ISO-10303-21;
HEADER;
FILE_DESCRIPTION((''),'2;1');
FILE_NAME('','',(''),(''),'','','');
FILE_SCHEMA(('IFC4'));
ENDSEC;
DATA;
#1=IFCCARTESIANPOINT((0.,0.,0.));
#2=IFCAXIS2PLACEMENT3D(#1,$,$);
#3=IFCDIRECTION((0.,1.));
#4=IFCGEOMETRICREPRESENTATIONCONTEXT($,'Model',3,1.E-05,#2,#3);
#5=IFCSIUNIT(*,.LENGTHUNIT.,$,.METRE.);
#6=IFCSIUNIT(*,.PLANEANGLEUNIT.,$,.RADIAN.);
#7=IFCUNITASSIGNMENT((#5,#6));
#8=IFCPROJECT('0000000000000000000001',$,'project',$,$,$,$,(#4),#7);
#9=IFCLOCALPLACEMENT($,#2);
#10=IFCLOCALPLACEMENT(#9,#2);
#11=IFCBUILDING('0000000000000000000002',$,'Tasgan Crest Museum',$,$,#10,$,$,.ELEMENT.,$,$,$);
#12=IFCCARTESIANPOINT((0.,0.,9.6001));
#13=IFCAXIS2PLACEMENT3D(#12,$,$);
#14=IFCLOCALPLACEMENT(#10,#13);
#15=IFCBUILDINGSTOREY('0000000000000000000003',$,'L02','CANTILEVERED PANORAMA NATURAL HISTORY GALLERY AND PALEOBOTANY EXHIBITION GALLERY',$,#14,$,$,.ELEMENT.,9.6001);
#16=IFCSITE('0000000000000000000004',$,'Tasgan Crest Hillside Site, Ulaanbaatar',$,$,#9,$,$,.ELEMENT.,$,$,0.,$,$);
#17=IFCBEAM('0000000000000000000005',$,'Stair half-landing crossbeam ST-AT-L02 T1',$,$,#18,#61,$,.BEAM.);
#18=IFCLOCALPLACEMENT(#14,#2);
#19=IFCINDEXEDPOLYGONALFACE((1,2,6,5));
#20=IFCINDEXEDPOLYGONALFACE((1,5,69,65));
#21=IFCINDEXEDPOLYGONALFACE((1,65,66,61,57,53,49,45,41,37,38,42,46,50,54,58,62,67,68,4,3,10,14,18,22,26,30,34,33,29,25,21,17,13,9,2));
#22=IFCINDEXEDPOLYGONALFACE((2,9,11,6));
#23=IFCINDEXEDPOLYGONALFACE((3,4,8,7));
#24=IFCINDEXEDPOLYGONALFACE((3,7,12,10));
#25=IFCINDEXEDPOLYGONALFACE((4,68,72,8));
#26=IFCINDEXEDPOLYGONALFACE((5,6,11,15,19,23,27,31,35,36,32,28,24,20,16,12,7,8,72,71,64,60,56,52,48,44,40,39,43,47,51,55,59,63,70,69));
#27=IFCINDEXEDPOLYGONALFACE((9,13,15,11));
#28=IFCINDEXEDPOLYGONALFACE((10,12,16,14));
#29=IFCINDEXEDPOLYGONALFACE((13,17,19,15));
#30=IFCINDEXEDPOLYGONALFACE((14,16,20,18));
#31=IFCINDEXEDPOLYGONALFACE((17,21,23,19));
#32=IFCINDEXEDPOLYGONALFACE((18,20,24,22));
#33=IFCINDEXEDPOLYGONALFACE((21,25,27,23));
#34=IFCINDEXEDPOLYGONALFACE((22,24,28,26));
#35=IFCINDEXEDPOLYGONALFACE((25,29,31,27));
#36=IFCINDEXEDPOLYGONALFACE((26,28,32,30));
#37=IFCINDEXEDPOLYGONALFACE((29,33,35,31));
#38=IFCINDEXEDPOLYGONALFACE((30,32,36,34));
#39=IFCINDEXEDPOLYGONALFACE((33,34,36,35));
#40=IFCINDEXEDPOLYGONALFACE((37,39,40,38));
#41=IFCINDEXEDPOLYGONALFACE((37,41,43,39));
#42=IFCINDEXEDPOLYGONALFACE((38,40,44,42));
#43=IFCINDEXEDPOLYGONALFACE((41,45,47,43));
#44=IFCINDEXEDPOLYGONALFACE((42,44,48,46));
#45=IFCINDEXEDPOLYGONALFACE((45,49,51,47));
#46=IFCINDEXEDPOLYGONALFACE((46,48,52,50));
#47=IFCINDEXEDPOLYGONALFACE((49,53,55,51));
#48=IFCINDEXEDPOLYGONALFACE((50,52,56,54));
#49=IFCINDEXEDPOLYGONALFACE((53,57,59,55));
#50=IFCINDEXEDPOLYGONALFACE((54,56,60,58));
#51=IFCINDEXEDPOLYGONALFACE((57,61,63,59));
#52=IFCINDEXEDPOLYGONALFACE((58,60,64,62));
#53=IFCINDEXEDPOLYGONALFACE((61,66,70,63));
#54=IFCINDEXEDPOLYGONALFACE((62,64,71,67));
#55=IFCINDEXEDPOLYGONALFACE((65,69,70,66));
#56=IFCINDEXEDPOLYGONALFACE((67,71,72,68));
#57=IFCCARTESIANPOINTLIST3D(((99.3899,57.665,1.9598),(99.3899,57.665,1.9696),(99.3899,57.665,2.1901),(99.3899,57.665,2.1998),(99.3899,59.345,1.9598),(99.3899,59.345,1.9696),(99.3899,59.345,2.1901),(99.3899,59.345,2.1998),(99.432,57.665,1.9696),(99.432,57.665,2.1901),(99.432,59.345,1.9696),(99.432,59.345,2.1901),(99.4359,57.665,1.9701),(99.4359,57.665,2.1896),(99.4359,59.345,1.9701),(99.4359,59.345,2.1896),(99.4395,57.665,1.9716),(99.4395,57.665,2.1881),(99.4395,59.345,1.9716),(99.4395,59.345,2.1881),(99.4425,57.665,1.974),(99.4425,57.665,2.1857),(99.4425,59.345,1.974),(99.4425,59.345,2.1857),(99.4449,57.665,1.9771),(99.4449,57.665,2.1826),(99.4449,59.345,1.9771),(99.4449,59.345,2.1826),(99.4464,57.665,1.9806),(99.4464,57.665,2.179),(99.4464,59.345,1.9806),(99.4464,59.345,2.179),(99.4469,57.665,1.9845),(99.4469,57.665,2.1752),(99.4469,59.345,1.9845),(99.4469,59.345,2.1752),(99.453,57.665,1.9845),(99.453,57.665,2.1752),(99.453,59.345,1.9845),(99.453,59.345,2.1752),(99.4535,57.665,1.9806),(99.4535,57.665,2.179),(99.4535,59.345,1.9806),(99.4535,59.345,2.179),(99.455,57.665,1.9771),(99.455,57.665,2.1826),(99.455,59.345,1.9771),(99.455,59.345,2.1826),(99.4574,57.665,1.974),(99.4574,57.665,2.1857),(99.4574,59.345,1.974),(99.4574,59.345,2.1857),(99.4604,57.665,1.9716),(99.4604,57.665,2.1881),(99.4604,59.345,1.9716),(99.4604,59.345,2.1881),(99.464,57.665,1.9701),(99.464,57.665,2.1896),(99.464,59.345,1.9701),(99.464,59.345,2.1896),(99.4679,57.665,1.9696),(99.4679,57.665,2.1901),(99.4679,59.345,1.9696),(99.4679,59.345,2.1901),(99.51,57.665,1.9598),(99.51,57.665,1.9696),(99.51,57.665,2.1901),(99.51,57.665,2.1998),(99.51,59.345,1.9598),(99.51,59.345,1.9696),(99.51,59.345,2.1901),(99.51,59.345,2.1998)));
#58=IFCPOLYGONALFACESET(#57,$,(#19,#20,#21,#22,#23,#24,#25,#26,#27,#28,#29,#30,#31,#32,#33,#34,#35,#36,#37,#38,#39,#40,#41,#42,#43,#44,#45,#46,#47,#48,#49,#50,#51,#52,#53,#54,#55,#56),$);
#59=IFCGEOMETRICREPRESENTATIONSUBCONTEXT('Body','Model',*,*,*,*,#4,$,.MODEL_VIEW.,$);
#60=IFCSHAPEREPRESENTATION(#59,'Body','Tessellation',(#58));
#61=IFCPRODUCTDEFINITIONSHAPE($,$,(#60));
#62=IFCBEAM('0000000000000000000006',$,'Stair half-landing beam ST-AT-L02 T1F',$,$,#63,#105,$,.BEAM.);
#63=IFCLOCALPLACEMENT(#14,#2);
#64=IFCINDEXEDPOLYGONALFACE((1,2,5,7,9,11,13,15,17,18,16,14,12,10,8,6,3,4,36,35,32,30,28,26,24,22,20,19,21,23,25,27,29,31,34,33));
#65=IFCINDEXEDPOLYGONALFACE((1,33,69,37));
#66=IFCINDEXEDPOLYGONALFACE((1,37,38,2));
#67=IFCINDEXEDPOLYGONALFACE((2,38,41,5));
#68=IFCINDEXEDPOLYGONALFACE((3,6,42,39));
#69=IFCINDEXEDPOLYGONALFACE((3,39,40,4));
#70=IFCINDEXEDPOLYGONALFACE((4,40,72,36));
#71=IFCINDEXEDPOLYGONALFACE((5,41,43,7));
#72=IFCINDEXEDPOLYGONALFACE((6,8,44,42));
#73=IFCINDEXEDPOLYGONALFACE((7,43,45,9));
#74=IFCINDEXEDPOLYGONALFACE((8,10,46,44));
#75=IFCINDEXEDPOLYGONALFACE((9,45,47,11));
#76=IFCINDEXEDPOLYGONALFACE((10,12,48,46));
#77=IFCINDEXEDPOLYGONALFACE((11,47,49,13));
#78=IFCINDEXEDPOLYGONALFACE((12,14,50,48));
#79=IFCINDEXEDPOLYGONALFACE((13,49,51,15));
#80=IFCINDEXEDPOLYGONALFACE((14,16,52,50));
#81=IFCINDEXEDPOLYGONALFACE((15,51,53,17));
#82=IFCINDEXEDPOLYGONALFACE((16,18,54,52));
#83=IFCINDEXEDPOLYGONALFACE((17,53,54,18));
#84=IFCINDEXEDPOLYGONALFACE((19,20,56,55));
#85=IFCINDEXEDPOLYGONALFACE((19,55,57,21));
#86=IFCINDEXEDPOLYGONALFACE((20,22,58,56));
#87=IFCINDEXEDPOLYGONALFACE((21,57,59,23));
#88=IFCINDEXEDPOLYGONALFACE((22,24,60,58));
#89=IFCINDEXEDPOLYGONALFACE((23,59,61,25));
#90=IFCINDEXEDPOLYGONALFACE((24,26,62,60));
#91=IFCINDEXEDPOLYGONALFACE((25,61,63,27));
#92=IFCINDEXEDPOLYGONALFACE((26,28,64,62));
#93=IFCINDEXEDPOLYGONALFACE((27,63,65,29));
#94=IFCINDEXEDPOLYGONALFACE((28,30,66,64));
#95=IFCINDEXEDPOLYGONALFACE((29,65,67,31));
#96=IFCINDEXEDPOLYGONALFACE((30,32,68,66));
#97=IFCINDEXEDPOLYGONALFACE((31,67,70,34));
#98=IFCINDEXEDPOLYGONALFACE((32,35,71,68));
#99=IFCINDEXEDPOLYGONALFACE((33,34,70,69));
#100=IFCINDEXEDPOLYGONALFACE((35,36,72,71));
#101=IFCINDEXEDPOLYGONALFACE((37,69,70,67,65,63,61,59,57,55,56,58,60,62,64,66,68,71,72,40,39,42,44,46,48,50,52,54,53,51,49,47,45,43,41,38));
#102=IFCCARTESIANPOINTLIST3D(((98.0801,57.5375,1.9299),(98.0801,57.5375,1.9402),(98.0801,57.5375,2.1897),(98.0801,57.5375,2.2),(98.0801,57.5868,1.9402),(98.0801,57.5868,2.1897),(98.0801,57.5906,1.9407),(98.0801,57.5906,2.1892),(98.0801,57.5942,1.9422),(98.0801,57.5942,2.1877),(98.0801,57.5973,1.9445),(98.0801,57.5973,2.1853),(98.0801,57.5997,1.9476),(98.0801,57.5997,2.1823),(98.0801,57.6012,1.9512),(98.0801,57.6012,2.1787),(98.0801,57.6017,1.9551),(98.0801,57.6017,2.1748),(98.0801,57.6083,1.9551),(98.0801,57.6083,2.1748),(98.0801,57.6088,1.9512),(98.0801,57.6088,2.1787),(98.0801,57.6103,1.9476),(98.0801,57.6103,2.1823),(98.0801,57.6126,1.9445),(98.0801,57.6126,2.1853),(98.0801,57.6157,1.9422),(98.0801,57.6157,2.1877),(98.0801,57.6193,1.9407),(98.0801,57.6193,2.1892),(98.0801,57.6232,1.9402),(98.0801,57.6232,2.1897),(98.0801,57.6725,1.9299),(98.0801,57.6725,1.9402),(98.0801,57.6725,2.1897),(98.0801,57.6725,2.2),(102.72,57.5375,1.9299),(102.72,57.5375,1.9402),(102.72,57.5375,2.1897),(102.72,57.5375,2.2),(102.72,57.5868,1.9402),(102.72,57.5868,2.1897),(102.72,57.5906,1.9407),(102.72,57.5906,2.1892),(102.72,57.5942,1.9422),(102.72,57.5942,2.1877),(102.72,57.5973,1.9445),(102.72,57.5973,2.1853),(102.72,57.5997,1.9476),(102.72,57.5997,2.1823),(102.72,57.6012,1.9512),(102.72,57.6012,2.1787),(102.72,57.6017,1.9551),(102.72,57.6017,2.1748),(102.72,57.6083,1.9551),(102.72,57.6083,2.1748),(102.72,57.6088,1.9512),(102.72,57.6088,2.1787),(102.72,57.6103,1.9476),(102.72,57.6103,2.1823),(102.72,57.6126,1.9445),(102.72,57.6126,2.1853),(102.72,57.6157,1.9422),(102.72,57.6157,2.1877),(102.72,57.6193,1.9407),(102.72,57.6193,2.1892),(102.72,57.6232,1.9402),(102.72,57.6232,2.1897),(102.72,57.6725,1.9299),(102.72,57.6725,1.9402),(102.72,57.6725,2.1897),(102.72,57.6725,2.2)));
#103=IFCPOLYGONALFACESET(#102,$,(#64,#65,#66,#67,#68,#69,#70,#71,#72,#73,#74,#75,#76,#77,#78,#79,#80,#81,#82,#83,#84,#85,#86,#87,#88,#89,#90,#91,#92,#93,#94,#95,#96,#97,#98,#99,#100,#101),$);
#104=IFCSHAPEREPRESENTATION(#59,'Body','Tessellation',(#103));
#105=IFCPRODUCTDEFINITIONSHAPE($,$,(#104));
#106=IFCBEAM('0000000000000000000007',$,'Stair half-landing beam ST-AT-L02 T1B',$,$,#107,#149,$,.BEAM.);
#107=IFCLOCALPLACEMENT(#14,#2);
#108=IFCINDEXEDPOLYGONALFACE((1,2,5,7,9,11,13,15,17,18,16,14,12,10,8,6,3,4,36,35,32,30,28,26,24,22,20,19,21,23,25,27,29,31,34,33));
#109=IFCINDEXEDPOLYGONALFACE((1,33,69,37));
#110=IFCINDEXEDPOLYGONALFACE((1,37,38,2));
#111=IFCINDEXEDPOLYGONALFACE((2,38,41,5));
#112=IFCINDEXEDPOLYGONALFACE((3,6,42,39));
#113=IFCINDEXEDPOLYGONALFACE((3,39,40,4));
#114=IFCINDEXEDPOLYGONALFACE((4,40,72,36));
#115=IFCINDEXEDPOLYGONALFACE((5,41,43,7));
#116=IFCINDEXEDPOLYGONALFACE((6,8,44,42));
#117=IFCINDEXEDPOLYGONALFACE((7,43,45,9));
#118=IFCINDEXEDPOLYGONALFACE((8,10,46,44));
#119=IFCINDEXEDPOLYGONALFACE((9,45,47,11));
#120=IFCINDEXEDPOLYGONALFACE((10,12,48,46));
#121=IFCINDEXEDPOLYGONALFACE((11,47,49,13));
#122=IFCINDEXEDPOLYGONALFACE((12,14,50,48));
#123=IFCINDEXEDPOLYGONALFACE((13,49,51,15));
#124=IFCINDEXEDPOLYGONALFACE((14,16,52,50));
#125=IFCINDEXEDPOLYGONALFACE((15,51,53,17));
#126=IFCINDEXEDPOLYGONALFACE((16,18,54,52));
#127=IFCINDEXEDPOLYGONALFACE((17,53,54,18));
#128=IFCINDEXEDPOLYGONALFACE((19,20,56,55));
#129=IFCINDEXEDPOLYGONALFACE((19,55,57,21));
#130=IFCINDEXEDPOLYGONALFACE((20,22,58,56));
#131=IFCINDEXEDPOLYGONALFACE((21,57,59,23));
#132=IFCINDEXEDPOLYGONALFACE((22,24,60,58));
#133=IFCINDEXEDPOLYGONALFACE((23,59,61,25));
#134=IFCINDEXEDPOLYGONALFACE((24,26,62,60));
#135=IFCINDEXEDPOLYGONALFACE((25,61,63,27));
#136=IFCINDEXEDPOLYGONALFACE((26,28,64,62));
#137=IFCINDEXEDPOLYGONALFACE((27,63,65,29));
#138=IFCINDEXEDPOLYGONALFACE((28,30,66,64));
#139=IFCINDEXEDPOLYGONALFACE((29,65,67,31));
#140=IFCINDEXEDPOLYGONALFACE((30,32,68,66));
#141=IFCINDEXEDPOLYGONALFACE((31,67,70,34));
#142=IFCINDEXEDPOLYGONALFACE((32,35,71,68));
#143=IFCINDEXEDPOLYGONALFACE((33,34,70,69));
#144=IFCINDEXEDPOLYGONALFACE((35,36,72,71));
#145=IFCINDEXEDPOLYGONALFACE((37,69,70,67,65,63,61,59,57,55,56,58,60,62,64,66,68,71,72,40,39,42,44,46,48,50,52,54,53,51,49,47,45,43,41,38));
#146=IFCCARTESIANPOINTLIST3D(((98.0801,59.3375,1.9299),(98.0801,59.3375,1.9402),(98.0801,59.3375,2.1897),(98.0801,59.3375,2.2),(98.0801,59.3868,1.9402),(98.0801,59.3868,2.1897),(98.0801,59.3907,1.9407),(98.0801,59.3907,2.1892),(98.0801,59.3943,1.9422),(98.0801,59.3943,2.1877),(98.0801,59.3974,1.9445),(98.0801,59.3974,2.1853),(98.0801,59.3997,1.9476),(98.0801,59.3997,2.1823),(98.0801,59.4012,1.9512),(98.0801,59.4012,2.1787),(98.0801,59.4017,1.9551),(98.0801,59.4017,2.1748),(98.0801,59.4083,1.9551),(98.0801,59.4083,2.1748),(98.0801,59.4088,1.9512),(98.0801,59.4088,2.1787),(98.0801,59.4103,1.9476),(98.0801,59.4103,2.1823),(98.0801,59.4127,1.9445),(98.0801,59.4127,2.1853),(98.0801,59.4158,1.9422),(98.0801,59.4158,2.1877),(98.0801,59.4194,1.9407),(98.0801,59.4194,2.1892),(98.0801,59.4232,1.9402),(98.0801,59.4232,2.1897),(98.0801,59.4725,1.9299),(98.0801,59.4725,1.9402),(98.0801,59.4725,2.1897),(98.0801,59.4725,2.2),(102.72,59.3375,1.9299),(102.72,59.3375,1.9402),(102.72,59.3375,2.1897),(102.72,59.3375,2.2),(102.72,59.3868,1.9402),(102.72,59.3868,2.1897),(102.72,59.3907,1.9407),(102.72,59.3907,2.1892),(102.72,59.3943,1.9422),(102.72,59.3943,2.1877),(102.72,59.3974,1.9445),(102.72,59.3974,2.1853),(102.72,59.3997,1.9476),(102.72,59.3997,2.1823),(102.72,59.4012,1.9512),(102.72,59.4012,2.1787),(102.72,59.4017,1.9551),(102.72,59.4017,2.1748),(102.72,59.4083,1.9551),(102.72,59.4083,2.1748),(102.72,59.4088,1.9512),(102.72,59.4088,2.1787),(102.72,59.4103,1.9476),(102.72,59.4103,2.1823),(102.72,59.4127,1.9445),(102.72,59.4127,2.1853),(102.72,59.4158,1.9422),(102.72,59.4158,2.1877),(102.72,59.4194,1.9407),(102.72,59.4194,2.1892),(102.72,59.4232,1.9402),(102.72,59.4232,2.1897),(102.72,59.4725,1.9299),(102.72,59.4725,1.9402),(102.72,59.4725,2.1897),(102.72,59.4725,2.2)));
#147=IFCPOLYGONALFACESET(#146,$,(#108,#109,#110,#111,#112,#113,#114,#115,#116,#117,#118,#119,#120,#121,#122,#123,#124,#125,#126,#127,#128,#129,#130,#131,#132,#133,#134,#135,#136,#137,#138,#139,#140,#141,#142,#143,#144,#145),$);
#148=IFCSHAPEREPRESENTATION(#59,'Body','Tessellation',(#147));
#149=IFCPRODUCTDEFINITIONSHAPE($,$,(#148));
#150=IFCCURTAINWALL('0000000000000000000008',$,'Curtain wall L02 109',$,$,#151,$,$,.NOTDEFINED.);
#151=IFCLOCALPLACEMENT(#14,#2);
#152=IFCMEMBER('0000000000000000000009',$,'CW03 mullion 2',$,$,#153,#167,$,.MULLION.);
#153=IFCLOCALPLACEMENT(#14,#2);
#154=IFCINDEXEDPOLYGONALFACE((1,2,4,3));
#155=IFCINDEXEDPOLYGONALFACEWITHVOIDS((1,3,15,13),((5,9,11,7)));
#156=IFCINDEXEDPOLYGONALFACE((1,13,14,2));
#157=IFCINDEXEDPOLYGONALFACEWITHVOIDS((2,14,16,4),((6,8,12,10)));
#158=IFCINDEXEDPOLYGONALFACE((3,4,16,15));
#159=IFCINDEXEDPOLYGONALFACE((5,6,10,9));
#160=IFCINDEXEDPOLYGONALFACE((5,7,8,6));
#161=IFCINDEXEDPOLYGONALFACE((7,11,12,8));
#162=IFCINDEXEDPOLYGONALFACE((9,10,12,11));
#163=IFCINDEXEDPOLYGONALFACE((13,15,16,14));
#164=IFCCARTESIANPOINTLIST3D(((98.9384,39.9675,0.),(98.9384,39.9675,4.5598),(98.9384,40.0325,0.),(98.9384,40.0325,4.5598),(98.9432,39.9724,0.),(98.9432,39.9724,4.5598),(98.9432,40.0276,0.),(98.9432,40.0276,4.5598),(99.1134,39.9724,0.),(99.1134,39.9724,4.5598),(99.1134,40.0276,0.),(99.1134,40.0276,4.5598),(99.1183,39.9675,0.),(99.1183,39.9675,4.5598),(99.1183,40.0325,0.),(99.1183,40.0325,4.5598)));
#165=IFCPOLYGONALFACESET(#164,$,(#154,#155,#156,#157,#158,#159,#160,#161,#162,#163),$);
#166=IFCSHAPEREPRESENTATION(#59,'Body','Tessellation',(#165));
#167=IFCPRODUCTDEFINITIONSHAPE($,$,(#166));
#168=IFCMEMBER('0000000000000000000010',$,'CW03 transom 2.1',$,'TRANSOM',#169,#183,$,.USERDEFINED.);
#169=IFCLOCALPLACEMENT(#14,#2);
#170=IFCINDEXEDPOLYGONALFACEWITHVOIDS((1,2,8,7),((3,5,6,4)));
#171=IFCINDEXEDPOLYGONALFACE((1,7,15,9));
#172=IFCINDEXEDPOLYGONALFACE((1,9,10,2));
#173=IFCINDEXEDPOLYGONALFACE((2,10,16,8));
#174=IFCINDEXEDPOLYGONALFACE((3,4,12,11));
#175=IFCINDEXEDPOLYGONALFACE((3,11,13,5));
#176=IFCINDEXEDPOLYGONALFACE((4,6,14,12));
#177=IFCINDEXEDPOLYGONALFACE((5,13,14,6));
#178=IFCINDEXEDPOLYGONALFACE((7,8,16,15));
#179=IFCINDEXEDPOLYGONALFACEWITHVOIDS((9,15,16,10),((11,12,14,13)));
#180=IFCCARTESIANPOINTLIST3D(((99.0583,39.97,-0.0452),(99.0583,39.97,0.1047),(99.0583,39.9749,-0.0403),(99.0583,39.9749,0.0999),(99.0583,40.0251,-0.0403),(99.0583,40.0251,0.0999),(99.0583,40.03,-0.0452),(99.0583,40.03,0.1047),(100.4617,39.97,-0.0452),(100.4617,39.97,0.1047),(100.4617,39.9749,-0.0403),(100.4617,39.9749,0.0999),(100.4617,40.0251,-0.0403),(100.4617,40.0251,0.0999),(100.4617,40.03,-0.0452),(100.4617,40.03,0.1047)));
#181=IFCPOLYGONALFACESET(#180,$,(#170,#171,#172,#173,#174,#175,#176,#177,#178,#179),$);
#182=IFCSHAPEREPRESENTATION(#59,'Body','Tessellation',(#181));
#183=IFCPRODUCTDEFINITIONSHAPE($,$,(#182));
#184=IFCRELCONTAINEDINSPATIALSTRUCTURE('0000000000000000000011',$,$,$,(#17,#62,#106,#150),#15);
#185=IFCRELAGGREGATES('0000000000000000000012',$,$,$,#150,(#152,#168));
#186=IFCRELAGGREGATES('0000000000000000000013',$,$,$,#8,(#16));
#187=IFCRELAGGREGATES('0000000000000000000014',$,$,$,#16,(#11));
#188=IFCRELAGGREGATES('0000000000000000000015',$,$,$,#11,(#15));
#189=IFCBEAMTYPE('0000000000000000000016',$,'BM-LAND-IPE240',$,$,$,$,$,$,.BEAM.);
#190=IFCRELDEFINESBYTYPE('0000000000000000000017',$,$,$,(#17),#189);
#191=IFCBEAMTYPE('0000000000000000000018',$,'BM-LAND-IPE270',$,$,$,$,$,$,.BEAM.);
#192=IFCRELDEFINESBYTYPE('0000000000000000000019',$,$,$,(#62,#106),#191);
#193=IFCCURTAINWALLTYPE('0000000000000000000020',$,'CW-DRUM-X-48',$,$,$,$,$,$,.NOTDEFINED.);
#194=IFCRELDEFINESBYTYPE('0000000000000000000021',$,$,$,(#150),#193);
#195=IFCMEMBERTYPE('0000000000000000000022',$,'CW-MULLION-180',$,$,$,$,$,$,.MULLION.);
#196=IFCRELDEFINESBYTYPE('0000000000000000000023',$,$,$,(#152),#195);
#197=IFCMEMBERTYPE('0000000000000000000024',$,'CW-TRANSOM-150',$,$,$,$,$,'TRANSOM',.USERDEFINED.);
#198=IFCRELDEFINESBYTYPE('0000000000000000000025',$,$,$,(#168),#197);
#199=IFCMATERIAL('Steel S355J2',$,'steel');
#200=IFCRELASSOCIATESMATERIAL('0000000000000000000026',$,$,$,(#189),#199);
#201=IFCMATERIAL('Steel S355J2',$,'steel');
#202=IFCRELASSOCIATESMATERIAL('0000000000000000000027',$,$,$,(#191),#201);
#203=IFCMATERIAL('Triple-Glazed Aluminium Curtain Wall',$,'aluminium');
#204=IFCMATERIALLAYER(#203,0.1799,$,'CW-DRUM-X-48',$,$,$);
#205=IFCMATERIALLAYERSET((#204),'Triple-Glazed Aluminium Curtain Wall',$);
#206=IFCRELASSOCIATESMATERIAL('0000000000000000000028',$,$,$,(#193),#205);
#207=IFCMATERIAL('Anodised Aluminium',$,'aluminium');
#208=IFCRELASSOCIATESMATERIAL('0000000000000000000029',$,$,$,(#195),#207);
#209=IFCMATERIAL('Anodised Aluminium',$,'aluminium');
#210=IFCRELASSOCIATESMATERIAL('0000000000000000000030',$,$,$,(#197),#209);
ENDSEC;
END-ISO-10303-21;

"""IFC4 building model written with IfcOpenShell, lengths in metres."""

from ifc_helpers import new_model, si_unit, direction, frame, origin, origin_2d, place, context, subcontext, project, spatial, hollow_rectangle, i_section, extrude, material, layer, layer_set, material_profile, profile_set, type_object, element, aggregate, save


model = new_model("IFC4")

# Units and contexts
model_context = context("Model", 3, precision=1e-05, world=origin(), true_north=direction((0.0, 1.0)))
body_context = subcontext(model_context, "Body", "Model", "MODEL_VIEW")
ifc_project = project(units=[si_unit("LENGTHUNIT", "METRE"), si_unit("PLANEANGLEUNIT", "RADIAN")], contexts=[model_context])

# Site, building, storey
site_placement = place(None, origin())
site = spatial("IfcSite", under=ifc_project, at=site_placement, Name="Tasgan Crest Hillside Site, Ulaanbaatar", CompositionType="ELEMENT", RefElevation=0.0)
building_placement = place(site_placement, origin())
building = spatial("IfcBuilding", under=site, at=building_placement, Name="Tasgan Crest Museum", CompositionType="ELEMENT")
storey_placement = place(building_placement, frame((0.0, 0.0, 9.6001)))
storey = spatial("IfcBuildingStorey", under=building, at=storey_placement, Name="L02", Description="CANTILEVERED PANORAMA NATURAL HISTORY GALLERY AND PALEOBOTANY EXHIBITION GALLERY", CompositionType="ELEMENT", Elevation=9.6001)

# Beams
ifc_material_1 = material(Name="Steel S355J2", Category="steel")
ifc_material_profile_1 = material_profile(ifc_material_1, i_section(OverallWidth=0.1201, OverallDepth=0.24, WebThickness=0.0061, FlangeThickness=0.0098, FilletRadius=0.0149, at=origin_2d()), Name="IPE 240")
ifc_profile_set_1 = profile_set([ifc_material_profile_1], Name="Steel S355J2")
beam_type_1 = type_object("IfcBeamType", Name="BM-LAND-IPE240", PredefinedType="BEAM", material=ifc_profile_set_1)
beam_1_placement = place(storey_placement, frame((99.45, 57.665, 2.0798), z_axis=(0.0, 1.0, 0.0), x_axis=(-1.0, 0.0, 0.0)))
element("IfcBeam", 1, at=beam_1_placement, inside=storey, type_object=beam_type_1, Name="Stair half-landing crossbeam ST-AT-L02 T1", PredefinedType="BEAM", context=body_context, shape_type="SweptSolid", body=[
    extrude(i_section(OverallWidth=0.1201, OverallDepth=0.24, WebThickness=0.0061, FlangeThickness=0.0098, FilletRadius=0.0149, at=origin_2d()), origin(), (0.0, 0.0, 1.0), 1.6799),
])
ifc_material_2 = material(Name="Steel S355J2", Category="steel")
ifc_material_profile_2 = material_profile(ifc_material_2, i_section(OverallWidth=0.135, OverallDepth=0.27, WebThickness=0.0066, FlangeThickness=0.0103, FilletRadius=0.0149, at=origin_2d()), Name="IPE 270")
ifc_profile_set_2 = profile_set([ifc_material_profile_2], Name="Steel S355J2")
beam_type_2 = type_object("IfcBeamType", Name="BM-LAND-IPE270", PredefinedType="BEAM", material=ifc_profile_set_2)
for number, where, z_axis, x_axis, name in (
    (2, (98.0801, 57.605, 2.0649), (1.0, 0.0, 0.0), (0.0, 1.0, 0.0), "Stair half-landing beam ST-AT-L02 T1F"),
    (3, (98.0801, 59.405, 2.0649), (1.0, 0.0, 0.0), (0.0, 1.0, 0.0), "Stair half-landing beam ST-AT-L02 T1B"),
):
    element("IfcBeam", number, at=place(storey_placement, frame(where, z_axis=z_axis, x_axis=x_axis)), inside=storey, type_object=beam_type_2, Name=name, PredefinedType="BEAM", context=body_context, shape_type="SweptSolid", body=[
        extrude(i_section(OverallWidth=0.135, OverallDepth=0.27, WebThickness=0.0066, FlangeThickness=0.0103, FilletRadius=0.0149, at=origin_2d()), origin(), (0.0, 0.0, 1.0), 4.6399),
    ])

# Curtain wall, members
ifc_material_3 = material(Name="Triple-Glazed Aluminium Curtain Wall", Category="aluminium")
ifc_layer_1 = layer(ifc_material_3, 0.1799, Name="CW-DRUM-X-48")
ifc_layer_set_1 = layer_set([ifc_layer_1], Name="Triple-Glazed Aluminium Curtain Wall")
curtain_wall_type = type_object("IfcCurtainWallType", Name="CW-DRUM-X-48", PredefinedType="NOTDEFINED", material=ifc_layer_set_1)
curtain_wall_placement = place(storey_placement, origin())
curtain_wall = element("IfcCurtainWall", 4, at=curtain_wall_placement, inside=storey, type_object=curtain_wall_type, Name="Curtain wall L02 109", PredefinedType="NOTDEFINED")
ifc_material_4 = material(Name="Anodised Aluminium", Category="aluminium")
ifc_material_profile_3 = material_profile(ifc_material_4, hollow_rectangle(XDim=0.0649, YDim=0.1799, WallThickness=0.0049, at=origin_2d()), Name="ALU MULLION 180x65x5")
ifc_profile_set_3 = profile_set([ifc_material_profile_3], Name="Anodised Aluminium")
member_type_1 = type_object("IfcMemberType", Name="CW-MULLION-180", PredefinedType="MULLION", material=ifc_profile_set_3)
member_1_placement = place(storey_placement, frame((99.0283, 40.0, 0.0), z_axis=(0.0, 0.0, 1.0), x_axis=(0.0, 1.0, 0.0)))
member_1 = element("IfcMember", 5, at=member_1_placement, type_object=member_type_1, Name="CW03 mullion 2", PredefinedType="MULLION", context=body_context, shape_type="SweptSolid", body=[
    extrude(hollow_rectangle(XDim=0.0649, YDim=0.1799, WallThickness=0.0049, at=origin_2d()), origin(), (0.0, 0.0, 1.0), 4.5598),
])
ifc_material_5 = material(Name="Anodised Aluminium", Category="aluminium")
ifc_material_profile_4 = material_profile(ifc_material_5, hollow_rectangle(XDim=0.0601, YDim=0.1499, WallThickness=0.0049, at=origin_2d()), Name="ALU TRANSOM 150x60x5")
ifc_profile_set_4 = profile_set([ifc_material_profile_4], Name="Anodised Aluminium")
member_type_2 = type_object("IfcMemberType", Name="CW-TRANSOM-150", ElementType="TRANSOM", PredefinedType="USERDEFINED", material=ifc_profile_set_4)
member_2_placement = place(storey_placement, frame((99.0583, 40.0, 0.0298), z_axis=(1.0, 0.0, 0.0), x_axis=(0.0, 1.0, 0.0)))
member_2 = element("IfcMember", 6, at=member_2_placement, type_object=member_type_2, Name="CW03 transom 2.1", ObjectType="TRANSOM", PredefinedType="USERDEFINED", context=body_context, shape_type="SweptSolid", body=[
    extrude(hollow_rectangle(XDim=0.0601, YDim=0.1499, WallThickness=0.0049, at=origin_2d()), origin(), (0.0, 0.0, 1.0), 1.4033),
])
aggregate(curtain_wall, [member_1, member_2])

save(model, "model.ifc")
